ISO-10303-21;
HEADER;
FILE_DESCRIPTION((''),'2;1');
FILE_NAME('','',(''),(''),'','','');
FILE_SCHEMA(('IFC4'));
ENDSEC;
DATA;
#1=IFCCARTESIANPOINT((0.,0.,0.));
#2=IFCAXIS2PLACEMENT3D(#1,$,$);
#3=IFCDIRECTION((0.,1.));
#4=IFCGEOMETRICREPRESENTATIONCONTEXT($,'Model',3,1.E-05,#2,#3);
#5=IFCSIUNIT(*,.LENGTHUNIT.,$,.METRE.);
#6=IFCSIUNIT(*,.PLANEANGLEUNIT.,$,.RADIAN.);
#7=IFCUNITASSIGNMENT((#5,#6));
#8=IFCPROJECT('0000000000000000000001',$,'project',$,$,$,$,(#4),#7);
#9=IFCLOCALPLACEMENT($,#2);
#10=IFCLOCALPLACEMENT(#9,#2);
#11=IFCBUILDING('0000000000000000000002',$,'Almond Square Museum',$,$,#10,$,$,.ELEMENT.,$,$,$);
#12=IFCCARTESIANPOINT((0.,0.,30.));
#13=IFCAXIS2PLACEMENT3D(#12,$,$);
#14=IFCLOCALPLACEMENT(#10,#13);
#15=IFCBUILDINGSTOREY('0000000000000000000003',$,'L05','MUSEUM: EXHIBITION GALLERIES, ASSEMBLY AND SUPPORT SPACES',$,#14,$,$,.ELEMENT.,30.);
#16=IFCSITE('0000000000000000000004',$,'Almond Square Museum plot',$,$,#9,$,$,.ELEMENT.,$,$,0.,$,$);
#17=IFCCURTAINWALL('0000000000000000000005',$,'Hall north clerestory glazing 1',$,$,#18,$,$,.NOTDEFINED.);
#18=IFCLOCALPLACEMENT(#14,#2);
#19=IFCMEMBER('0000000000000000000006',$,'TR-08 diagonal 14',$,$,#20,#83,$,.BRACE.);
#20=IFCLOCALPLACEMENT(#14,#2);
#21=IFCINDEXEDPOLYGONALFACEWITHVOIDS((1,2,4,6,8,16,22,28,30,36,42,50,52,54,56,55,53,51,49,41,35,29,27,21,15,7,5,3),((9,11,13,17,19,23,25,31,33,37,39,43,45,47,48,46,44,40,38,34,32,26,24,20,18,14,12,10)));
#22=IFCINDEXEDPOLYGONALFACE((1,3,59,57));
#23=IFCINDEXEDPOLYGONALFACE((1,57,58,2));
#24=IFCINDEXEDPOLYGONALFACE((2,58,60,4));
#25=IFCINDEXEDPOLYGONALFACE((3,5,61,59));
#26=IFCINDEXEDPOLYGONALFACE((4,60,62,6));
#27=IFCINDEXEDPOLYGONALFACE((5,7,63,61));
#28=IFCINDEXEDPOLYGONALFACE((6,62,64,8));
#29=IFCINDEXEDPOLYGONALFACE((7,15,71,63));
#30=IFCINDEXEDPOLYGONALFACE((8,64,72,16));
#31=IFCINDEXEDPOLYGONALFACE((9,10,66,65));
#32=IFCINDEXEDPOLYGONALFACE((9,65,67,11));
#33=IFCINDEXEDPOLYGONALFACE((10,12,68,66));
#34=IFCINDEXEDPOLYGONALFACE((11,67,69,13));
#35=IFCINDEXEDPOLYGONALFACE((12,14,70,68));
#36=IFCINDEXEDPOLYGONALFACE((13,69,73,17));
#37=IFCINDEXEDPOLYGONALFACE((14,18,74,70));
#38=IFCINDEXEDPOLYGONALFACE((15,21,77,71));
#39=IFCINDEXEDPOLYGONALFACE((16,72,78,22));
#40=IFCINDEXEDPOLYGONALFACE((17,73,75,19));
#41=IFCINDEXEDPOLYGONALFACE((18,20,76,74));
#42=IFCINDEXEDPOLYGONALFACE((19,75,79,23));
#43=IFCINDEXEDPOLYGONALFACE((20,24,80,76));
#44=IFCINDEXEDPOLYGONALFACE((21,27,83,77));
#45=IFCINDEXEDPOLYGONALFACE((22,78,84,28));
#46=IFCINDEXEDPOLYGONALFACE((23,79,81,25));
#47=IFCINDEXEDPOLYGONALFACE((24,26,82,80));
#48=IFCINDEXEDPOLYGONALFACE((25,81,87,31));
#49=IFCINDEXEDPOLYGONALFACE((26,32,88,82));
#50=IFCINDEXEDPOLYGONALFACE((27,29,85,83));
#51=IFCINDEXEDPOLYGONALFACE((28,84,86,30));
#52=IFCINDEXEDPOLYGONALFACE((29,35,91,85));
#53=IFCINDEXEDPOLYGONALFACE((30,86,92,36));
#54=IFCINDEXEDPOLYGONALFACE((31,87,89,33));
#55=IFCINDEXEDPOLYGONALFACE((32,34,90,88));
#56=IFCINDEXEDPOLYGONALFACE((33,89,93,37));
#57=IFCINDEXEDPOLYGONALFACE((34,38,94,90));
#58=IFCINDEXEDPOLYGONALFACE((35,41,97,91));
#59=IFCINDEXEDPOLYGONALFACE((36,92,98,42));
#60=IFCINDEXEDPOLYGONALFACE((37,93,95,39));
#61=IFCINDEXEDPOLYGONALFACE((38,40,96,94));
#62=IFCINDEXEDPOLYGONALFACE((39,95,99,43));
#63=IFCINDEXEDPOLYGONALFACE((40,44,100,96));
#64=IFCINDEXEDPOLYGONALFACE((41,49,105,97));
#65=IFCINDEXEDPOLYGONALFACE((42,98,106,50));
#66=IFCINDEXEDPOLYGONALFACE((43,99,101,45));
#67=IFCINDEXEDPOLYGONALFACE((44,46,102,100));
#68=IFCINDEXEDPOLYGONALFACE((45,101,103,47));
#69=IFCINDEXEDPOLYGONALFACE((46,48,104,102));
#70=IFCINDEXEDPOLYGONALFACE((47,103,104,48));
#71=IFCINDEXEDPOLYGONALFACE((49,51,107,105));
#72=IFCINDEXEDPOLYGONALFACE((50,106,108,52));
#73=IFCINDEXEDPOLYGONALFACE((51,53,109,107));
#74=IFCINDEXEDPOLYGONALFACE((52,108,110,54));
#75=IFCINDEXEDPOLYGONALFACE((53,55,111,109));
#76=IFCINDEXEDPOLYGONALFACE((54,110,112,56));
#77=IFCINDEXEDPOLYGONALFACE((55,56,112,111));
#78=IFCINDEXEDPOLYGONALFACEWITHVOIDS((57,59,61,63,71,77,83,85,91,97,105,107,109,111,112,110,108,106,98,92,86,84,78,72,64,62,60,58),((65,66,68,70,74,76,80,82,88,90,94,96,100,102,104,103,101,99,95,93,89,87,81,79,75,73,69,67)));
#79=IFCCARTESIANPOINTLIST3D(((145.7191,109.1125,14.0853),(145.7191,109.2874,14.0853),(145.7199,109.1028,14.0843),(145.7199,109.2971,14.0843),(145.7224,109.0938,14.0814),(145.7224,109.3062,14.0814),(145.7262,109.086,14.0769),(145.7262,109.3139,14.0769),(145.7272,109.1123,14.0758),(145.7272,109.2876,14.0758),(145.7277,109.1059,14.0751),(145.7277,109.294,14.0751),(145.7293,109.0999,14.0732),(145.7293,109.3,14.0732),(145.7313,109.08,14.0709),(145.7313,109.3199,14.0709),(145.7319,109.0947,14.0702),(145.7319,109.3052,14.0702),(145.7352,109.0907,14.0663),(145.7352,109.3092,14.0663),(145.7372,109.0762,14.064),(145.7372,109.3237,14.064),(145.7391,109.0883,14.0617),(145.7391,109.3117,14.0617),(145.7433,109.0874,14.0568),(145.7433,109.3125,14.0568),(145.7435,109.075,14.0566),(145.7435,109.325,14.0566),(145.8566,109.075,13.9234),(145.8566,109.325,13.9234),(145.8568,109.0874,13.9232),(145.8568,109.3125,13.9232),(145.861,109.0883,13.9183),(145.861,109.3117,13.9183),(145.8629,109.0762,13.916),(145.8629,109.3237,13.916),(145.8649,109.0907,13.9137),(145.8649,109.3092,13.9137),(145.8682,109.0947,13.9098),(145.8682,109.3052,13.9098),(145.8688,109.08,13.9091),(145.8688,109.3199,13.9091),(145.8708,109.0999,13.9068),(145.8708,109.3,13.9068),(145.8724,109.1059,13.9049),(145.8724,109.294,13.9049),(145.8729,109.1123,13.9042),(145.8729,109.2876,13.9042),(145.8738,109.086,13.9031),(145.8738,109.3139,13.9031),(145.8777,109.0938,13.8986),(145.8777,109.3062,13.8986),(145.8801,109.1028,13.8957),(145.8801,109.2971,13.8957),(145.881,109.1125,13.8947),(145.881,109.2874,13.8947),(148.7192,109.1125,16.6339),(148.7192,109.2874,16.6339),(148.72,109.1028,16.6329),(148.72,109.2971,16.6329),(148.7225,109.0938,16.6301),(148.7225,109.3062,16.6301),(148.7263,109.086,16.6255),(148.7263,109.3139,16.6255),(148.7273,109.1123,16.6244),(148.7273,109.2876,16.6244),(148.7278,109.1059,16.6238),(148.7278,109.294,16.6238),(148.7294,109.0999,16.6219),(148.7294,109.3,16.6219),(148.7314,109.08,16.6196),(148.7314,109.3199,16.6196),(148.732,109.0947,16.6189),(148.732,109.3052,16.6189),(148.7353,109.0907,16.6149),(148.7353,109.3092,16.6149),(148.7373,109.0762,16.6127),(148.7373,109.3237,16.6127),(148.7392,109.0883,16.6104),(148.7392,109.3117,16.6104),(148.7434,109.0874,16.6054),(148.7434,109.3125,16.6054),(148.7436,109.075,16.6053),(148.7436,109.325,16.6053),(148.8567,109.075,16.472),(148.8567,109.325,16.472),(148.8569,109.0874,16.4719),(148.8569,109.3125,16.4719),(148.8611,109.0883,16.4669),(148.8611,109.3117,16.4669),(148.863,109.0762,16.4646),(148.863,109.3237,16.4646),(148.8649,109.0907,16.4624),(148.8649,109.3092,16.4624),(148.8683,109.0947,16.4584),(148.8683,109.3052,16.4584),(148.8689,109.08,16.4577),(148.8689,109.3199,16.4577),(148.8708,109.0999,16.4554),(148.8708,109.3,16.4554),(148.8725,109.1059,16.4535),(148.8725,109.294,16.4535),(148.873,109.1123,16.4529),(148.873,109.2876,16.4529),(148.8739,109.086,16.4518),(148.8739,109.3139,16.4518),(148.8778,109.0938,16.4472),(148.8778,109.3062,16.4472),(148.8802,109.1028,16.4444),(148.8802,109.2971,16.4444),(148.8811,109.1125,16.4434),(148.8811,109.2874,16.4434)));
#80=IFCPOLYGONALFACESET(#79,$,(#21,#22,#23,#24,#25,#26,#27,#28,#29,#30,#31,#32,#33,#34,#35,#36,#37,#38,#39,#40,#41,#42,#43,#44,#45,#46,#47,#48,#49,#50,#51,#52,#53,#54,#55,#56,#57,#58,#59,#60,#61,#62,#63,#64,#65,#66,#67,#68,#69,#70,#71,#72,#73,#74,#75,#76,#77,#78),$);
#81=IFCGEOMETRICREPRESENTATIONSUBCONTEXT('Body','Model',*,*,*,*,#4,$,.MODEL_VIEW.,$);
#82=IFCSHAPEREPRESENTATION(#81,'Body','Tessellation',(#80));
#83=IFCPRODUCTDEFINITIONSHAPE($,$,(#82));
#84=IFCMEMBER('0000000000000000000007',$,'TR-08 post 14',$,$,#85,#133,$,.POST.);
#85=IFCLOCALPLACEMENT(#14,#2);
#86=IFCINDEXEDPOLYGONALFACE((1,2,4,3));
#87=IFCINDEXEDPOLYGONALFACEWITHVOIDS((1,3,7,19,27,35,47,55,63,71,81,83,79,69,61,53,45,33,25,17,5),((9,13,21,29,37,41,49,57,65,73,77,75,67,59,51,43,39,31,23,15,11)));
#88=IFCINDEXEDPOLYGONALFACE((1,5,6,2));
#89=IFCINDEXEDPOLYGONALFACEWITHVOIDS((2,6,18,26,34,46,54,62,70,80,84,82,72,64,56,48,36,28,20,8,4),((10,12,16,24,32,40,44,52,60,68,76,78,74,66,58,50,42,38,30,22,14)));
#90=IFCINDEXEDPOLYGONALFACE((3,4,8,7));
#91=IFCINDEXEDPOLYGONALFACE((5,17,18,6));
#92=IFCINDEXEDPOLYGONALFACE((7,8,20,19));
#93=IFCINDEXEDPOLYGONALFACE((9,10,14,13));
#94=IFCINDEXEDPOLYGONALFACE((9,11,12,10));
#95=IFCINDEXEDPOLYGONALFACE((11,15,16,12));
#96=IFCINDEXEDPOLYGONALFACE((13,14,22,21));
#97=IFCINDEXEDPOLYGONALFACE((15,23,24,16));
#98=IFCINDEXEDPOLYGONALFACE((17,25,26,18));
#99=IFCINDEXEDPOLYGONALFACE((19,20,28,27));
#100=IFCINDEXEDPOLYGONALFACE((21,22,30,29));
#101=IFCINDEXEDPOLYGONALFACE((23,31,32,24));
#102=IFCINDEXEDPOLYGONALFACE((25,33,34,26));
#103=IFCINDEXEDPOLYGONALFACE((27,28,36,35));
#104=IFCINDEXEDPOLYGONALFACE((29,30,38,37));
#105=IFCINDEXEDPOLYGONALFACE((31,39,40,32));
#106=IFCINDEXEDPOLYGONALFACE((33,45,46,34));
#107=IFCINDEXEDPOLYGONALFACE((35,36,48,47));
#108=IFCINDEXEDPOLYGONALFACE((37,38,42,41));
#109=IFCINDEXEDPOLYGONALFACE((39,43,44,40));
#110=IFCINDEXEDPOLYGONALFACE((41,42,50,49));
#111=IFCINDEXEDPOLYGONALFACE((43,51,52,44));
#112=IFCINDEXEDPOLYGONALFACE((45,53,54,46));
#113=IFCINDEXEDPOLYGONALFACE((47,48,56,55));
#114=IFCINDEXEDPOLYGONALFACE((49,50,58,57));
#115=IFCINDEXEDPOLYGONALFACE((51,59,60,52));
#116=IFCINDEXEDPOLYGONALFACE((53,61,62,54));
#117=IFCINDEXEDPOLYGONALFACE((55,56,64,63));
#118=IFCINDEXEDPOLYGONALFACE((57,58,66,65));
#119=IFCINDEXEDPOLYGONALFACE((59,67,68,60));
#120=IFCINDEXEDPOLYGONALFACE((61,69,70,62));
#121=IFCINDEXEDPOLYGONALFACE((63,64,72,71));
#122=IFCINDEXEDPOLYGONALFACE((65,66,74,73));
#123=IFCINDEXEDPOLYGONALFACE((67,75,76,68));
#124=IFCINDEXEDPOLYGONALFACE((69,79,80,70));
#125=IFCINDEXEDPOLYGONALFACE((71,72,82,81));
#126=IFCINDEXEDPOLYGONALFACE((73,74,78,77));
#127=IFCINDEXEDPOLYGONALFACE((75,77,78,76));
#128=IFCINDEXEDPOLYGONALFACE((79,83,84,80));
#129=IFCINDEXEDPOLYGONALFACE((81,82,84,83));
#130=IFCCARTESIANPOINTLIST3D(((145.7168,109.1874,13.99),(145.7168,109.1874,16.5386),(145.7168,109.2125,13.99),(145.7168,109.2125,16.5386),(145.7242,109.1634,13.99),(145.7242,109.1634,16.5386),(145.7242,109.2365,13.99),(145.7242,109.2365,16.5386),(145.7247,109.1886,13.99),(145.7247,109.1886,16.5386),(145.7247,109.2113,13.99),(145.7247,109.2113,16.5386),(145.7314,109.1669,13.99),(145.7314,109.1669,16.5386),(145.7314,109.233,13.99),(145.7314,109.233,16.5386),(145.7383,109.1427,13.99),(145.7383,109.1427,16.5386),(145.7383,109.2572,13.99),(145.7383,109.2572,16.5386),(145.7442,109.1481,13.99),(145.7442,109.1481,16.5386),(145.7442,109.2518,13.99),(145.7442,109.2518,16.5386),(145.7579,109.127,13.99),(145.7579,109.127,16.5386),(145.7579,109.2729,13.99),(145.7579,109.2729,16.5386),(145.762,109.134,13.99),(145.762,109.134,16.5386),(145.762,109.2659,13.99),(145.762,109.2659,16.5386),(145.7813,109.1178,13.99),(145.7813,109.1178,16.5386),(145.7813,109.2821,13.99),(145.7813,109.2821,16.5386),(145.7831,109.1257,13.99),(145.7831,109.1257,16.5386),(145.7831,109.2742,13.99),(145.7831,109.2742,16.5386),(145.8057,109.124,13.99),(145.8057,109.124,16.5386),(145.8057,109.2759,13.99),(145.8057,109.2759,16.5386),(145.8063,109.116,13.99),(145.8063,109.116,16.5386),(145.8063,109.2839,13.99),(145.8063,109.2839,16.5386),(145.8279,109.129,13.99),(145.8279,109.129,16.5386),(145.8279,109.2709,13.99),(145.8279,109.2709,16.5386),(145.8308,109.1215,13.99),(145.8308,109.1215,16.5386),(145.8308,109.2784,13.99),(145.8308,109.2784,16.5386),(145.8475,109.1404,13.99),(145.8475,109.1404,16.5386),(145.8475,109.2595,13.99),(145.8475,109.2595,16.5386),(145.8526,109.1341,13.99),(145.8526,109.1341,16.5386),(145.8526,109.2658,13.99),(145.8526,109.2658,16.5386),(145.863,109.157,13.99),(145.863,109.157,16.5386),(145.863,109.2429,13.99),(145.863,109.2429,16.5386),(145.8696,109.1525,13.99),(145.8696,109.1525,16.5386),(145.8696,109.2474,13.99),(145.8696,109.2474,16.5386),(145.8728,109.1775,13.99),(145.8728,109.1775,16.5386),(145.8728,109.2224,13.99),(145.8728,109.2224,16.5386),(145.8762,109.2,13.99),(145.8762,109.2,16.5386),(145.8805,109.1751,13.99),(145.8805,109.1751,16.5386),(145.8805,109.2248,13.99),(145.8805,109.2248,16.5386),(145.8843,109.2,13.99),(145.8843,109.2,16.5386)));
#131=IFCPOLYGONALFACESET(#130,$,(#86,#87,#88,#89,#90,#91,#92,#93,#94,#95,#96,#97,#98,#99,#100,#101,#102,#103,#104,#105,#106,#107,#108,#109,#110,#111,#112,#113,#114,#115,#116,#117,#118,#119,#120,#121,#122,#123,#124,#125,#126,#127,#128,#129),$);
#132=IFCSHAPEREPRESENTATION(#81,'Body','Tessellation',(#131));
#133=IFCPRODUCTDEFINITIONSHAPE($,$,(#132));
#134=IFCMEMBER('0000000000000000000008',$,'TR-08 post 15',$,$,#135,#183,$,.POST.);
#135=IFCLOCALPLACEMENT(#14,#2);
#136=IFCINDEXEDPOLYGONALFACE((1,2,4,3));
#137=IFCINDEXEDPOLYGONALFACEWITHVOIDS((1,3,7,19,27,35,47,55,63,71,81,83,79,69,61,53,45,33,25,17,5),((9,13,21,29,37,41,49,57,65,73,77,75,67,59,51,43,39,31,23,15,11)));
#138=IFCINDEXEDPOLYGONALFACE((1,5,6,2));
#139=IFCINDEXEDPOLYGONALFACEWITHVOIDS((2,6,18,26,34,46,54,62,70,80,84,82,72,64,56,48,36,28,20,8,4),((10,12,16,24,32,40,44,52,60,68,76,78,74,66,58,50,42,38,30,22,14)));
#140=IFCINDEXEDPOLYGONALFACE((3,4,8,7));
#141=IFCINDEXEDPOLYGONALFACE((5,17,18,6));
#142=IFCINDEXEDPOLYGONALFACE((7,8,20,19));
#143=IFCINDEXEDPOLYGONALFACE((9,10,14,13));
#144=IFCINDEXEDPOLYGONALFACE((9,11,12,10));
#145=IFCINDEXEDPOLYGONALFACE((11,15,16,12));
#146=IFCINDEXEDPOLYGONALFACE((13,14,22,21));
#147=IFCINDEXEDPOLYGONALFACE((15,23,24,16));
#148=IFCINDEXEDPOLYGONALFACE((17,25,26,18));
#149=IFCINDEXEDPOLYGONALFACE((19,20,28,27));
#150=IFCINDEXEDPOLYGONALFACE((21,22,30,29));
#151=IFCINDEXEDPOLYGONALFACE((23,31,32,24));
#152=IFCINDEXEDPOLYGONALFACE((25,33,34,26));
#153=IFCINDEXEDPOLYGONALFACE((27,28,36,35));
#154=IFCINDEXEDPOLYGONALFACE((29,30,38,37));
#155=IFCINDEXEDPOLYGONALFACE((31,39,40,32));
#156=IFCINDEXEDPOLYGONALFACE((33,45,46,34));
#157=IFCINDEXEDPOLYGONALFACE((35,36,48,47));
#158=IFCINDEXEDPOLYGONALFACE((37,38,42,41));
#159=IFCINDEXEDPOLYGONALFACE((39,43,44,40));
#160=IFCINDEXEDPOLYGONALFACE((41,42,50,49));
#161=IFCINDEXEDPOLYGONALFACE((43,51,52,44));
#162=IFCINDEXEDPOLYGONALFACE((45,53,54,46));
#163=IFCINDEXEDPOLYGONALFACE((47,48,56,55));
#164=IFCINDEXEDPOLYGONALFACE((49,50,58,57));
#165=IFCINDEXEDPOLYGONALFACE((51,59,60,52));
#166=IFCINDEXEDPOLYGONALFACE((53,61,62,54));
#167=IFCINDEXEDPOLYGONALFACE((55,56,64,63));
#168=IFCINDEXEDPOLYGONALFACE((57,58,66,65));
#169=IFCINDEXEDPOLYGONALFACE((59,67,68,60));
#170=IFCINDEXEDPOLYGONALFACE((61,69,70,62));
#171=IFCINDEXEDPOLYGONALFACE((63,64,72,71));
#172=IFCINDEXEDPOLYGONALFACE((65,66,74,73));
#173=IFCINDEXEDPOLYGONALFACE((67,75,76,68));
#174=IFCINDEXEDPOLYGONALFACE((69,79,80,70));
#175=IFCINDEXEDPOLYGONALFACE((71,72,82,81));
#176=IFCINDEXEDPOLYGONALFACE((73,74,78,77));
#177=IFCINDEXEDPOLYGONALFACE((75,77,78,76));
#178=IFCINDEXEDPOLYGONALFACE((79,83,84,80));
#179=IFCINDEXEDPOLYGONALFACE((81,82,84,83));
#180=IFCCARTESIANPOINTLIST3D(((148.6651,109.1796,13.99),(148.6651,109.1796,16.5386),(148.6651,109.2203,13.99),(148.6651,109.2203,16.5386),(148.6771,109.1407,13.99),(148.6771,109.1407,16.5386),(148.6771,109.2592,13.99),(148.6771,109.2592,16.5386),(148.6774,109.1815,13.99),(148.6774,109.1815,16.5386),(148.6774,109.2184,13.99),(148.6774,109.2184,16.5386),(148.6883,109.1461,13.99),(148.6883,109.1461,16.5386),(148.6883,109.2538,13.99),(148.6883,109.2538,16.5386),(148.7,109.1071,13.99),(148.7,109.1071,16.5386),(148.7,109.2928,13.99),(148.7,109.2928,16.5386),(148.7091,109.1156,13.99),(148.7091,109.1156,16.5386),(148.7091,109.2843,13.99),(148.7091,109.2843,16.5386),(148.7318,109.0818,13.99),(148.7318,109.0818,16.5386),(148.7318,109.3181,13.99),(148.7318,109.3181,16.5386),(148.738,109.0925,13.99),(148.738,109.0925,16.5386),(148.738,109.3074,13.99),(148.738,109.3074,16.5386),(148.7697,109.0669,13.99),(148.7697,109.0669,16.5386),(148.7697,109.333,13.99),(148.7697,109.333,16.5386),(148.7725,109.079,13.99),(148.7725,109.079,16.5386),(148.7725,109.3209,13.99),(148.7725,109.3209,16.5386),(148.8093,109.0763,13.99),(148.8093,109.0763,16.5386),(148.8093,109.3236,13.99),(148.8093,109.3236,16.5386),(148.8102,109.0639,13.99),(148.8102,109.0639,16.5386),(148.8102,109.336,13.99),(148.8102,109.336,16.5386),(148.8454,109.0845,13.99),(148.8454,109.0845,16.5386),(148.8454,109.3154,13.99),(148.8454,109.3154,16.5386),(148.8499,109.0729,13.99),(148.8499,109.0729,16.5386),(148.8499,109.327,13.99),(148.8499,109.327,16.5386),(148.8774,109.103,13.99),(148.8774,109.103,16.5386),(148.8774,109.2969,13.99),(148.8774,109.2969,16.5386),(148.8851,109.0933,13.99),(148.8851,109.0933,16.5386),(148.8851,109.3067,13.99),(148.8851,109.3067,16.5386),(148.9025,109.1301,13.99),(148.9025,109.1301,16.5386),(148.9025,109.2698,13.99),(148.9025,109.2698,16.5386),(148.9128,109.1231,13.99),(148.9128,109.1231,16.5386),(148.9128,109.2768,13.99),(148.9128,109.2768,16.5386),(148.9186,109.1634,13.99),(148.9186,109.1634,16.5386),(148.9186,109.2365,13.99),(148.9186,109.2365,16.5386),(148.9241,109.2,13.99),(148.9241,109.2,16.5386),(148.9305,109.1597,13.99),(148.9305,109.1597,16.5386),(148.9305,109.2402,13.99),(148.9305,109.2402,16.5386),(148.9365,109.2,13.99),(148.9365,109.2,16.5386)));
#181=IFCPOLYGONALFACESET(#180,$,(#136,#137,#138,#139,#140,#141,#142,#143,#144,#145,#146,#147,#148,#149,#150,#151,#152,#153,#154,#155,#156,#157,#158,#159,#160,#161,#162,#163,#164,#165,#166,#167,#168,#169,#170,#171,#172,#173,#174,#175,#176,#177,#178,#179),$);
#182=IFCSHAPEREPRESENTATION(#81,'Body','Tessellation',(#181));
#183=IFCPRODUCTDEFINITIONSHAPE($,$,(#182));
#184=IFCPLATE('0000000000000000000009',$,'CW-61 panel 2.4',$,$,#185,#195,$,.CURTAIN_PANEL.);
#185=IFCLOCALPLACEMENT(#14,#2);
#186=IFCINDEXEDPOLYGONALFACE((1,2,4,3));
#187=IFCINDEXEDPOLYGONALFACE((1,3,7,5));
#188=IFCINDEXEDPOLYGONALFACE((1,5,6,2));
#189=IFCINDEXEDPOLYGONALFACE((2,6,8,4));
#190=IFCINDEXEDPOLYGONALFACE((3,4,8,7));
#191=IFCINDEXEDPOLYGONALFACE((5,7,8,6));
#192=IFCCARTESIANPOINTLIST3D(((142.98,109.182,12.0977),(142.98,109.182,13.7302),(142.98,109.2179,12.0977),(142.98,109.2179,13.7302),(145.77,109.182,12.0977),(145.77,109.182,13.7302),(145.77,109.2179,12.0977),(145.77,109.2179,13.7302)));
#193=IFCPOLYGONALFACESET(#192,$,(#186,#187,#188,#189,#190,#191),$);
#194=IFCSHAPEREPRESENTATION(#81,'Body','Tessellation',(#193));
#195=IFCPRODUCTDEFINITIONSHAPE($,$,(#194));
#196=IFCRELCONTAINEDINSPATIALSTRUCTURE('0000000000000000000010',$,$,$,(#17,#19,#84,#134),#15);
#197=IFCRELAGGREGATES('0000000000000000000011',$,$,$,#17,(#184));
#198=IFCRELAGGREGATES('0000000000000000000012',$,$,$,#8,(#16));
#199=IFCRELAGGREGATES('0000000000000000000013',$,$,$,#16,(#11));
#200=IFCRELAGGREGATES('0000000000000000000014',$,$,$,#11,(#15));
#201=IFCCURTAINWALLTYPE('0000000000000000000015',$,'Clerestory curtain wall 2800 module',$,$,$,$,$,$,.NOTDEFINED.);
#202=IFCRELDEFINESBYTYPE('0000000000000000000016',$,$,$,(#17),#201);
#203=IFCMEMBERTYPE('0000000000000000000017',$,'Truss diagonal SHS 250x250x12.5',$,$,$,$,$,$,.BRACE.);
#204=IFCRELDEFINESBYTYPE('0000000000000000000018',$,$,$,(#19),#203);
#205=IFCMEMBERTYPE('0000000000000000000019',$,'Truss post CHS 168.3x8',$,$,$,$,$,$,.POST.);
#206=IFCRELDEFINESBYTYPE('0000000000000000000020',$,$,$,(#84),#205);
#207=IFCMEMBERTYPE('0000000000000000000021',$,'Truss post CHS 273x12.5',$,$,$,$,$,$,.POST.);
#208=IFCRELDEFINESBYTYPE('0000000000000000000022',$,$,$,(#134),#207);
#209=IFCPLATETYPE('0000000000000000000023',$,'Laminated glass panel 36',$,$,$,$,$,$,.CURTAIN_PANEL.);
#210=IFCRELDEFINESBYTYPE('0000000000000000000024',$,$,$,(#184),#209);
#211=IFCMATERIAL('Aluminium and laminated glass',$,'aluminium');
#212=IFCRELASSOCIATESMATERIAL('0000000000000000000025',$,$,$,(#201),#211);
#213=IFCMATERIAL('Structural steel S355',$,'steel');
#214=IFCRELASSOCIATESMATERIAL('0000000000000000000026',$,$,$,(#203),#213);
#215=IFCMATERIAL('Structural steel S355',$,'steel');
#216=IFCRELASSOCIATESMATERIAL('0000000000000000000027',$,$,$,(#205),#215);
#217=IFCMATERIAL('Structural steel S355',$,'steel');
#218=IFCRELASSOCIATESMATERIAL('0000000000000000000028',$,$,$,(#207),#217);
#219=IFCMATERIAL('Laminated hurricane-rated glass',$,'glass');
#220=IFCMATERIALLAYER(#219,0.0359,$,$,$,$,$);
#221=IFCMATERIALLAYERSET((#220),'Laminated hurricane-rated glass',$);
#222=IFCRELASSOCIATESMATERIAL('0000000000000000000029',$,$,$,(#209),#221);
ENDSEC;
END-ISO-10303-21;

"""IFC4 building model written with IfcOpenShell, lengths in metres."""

from ifc_helpers import new_model, si_unit, direction, frame, origin, origin_2d, place, context, subcontext, project, spatial, rectangle, hollow_rectangle, hollow_circle, extrude, material, layer, layer_set, material_profile, profile_set, type_object, element, aggregate, save


model = new_model("IFC4")

# Units and contexts
model_context = context("Model", 3, precision=1e-05, world=origin(), true_north=direction((0.0, 1.0)))
body_context = subcontext(model_context, "Body", "Model", "MODEL_VIEW")
ifc_project = project(units=[si_unit("LENGTHUNIT", "METRE"), si_unit("PLANEANGLEUNIT", "RADIAN")], contexts=[model_context])

# Site, building, storey
site_placement = place(None, origin())
site = spatial("IfcSite", under=ifc_project, at=site_placement, Name="Almond Square Museum plot", CompositionType="ELEMENT", RefElevation=0.0)
building_placement = place(site_placement, origin())
building = spatial("IfcBuilding", under=site, at=building_placement, Name="Almond Square Museum", CompositionType="ELEMENT")
storey_placement = place(building_placement, frame((0.0, 0.0, 30.0)))
storey = spatial("IfcBuildingStorey", under=building, at=storey_placement, Name="L05", Description="MUSEUM: EXHIBITION GALLERIES, ASSEMBLY AND SUPPORT SPACES", CompositionType="ELEMENT", Elevation=30.0)

# Curtain wall
ifc_material_1 = material(Name="Aluminium and laminated glass", Category="aluminium")
curtain_wall_type = type_object("IfcCurtainWallType", Name="Clerestory curtain wall 2800 module", PredefinedType="NOTDEFINED", material=ifc_material_1)
curtain_wall_placement = place(storey_placement, origin())
curtain_wall = element("IfcCurtainWall", 1, at=curtain_wall_placement, inside=storey, type_object=curtain_wall_type, Name="Hall north clerestory glazing 1", PredefinedType="NOTDEFINED")

# Members
ifc_material_2 = material(Name="Structural steel S355", Category="steel")
ifc_material_profile_1 = material_profile(ifc_material_2, hollow_rectangle(XDim=0.25, YDim=0.25, WallThickness=0.0125, InnerFilletRadius=0.0249, OuterFilletRadius=0.0376, at=origin_2d()))
ifc_profile_set_1 = profile_set([ifc_material_profile_1], Name="Structural steel S355")
member_type_1 = type_object("IfcMemberType", Name="Truss diagonal SHS 250x250x12.5", PredefinedType="BRACE", material=ifc_profile_set_1)
member_1_placement = place(storey_placement, frame((145.8, 109.2, 13.99), z_axis=(0.762117, 0.0, 0.64744), x_axis=(0.0, 1.0, 0.0)))
element("IfcMember", 2, at=member_1_placement, inside=storey, type_object=member_type_1, Name="TR-08 diagonal 14", PredefinedType="BRACE", context=body_context, shape_type="SweptSolid", body=[
    extrude(hollow_rectangle(XDim=0.25, YDim=0.25, WallThickness=0.0125, InnerFilletRadius=0.0249, OuterFilletRadius=0.0376, at=origin_2d()), origin(), (0.0, 0.0, 1.0), 3.9365),
])
ifc_material_3 = material(Name="Structural steel S355", Category="steel")
ifc_material_profile_2 = material_profile(ifc_material_3, hollow_circle(Radius=0.0842, WallThickness=0.0081, at=origin_2d()))
ifc_profile_set_2 = profile_set([ifc_material_profile_2], Name="Structural steel S355")
member_type_2 = type_object("IfcMemberType", Name="Truss post CHS 168.3x8", PredefinedType="POST", material=ifc_profile_set_2)
member_2_placement = place(storey_placement, frame((145.8, 109.2, 13.99), z_axis=(0.0, 0.0, 1.0), x_axis=(1.0, 0.0, 0.0)))
element("IfcMember", 3, at=member_2_placement, inside=storey, type_object=member_type_2, Name="TR-08 post 14", PredefinedType="POST", context=body_context, shape_type="SweptSolid", body=[
    extrude(hollow_circle(Radius=0.0842, WallThickness=0.0081, at=origin_2d()), origin(), (0.0, 0.0, 1.0), 2.5486),
])
ifc_material_4 = material(Name="Structural steel S355", Category="steel")
ifc_material_profile_3 = material_profile(ifc_material_4, hollow_circle(Radius=0.1365, WallThickness=0.0125, at=origin_2d()))
ifc_profile_set_3 = profile_set([ifc_material_profile_3], Name="Structural steel S355")
member_type_3 = type_object("IfcMemberType", Name="Truss post CHS 273x12.5", PredefinedType="POST", material=ifc_profile_set_3)
member_3_placement = place(storey_placement, frame((148.8, 109.2, 13.99), z_axis=(0.0, 0.0, 1.0), x_axis=(1.0, 0.0, 0.0)))
element("IfcMember", 4, at=member_3_placement, inside=storey, type_object=member_type_3, Name="TR-08 post 15", PredefinedType="POST", context=body_context, shape_type="SweptSolid", body=[
    extrude(hollow_circle(Radius=0.1365, WallThickness=0.0125, at=origin_2d()), origin(), (0.0, 0.0, 1.0), 2.5486),
])

# Plate
ifc_material_5 = material(Name="Laminated hurricane-rated glass", Category="glass")
ifc_layer = layer(ifc_material_5, 0.0359)
ifc_layer_set = layer_set([ifc_layer], Name="Laminated hurricane-rated glass")
plate_type = type_object("IfcPlateType", Name="Laminated glass panel 36", PredefinedType="CURTAIN_PANEL", material=ifc_layer_set)
plate_1_placement = place(storey_placement, frame((144.375, 109.2, 12.0977), z_axis=(0.0, 0.0, 1.0), x_axis=(1.0, 0.0, 0.0)))
plate_1 = element("IfcPlate", 5, at=plate_1_placement, type_object=plate_type, Name="CW-61 panel 2.4", PredefinedType="CURTAIN_PANEL", context=body_context, shape_type="SweptSolid", body=[
    extrude(rectangle(XDim=2.79, YDim=0.0359, at=origin_2d()), origin(), (0.0, 0.0, 1.0), 1.6326),
])
aggregate(curtain_wall, [plate_1])

save(model, "model.ifc")
